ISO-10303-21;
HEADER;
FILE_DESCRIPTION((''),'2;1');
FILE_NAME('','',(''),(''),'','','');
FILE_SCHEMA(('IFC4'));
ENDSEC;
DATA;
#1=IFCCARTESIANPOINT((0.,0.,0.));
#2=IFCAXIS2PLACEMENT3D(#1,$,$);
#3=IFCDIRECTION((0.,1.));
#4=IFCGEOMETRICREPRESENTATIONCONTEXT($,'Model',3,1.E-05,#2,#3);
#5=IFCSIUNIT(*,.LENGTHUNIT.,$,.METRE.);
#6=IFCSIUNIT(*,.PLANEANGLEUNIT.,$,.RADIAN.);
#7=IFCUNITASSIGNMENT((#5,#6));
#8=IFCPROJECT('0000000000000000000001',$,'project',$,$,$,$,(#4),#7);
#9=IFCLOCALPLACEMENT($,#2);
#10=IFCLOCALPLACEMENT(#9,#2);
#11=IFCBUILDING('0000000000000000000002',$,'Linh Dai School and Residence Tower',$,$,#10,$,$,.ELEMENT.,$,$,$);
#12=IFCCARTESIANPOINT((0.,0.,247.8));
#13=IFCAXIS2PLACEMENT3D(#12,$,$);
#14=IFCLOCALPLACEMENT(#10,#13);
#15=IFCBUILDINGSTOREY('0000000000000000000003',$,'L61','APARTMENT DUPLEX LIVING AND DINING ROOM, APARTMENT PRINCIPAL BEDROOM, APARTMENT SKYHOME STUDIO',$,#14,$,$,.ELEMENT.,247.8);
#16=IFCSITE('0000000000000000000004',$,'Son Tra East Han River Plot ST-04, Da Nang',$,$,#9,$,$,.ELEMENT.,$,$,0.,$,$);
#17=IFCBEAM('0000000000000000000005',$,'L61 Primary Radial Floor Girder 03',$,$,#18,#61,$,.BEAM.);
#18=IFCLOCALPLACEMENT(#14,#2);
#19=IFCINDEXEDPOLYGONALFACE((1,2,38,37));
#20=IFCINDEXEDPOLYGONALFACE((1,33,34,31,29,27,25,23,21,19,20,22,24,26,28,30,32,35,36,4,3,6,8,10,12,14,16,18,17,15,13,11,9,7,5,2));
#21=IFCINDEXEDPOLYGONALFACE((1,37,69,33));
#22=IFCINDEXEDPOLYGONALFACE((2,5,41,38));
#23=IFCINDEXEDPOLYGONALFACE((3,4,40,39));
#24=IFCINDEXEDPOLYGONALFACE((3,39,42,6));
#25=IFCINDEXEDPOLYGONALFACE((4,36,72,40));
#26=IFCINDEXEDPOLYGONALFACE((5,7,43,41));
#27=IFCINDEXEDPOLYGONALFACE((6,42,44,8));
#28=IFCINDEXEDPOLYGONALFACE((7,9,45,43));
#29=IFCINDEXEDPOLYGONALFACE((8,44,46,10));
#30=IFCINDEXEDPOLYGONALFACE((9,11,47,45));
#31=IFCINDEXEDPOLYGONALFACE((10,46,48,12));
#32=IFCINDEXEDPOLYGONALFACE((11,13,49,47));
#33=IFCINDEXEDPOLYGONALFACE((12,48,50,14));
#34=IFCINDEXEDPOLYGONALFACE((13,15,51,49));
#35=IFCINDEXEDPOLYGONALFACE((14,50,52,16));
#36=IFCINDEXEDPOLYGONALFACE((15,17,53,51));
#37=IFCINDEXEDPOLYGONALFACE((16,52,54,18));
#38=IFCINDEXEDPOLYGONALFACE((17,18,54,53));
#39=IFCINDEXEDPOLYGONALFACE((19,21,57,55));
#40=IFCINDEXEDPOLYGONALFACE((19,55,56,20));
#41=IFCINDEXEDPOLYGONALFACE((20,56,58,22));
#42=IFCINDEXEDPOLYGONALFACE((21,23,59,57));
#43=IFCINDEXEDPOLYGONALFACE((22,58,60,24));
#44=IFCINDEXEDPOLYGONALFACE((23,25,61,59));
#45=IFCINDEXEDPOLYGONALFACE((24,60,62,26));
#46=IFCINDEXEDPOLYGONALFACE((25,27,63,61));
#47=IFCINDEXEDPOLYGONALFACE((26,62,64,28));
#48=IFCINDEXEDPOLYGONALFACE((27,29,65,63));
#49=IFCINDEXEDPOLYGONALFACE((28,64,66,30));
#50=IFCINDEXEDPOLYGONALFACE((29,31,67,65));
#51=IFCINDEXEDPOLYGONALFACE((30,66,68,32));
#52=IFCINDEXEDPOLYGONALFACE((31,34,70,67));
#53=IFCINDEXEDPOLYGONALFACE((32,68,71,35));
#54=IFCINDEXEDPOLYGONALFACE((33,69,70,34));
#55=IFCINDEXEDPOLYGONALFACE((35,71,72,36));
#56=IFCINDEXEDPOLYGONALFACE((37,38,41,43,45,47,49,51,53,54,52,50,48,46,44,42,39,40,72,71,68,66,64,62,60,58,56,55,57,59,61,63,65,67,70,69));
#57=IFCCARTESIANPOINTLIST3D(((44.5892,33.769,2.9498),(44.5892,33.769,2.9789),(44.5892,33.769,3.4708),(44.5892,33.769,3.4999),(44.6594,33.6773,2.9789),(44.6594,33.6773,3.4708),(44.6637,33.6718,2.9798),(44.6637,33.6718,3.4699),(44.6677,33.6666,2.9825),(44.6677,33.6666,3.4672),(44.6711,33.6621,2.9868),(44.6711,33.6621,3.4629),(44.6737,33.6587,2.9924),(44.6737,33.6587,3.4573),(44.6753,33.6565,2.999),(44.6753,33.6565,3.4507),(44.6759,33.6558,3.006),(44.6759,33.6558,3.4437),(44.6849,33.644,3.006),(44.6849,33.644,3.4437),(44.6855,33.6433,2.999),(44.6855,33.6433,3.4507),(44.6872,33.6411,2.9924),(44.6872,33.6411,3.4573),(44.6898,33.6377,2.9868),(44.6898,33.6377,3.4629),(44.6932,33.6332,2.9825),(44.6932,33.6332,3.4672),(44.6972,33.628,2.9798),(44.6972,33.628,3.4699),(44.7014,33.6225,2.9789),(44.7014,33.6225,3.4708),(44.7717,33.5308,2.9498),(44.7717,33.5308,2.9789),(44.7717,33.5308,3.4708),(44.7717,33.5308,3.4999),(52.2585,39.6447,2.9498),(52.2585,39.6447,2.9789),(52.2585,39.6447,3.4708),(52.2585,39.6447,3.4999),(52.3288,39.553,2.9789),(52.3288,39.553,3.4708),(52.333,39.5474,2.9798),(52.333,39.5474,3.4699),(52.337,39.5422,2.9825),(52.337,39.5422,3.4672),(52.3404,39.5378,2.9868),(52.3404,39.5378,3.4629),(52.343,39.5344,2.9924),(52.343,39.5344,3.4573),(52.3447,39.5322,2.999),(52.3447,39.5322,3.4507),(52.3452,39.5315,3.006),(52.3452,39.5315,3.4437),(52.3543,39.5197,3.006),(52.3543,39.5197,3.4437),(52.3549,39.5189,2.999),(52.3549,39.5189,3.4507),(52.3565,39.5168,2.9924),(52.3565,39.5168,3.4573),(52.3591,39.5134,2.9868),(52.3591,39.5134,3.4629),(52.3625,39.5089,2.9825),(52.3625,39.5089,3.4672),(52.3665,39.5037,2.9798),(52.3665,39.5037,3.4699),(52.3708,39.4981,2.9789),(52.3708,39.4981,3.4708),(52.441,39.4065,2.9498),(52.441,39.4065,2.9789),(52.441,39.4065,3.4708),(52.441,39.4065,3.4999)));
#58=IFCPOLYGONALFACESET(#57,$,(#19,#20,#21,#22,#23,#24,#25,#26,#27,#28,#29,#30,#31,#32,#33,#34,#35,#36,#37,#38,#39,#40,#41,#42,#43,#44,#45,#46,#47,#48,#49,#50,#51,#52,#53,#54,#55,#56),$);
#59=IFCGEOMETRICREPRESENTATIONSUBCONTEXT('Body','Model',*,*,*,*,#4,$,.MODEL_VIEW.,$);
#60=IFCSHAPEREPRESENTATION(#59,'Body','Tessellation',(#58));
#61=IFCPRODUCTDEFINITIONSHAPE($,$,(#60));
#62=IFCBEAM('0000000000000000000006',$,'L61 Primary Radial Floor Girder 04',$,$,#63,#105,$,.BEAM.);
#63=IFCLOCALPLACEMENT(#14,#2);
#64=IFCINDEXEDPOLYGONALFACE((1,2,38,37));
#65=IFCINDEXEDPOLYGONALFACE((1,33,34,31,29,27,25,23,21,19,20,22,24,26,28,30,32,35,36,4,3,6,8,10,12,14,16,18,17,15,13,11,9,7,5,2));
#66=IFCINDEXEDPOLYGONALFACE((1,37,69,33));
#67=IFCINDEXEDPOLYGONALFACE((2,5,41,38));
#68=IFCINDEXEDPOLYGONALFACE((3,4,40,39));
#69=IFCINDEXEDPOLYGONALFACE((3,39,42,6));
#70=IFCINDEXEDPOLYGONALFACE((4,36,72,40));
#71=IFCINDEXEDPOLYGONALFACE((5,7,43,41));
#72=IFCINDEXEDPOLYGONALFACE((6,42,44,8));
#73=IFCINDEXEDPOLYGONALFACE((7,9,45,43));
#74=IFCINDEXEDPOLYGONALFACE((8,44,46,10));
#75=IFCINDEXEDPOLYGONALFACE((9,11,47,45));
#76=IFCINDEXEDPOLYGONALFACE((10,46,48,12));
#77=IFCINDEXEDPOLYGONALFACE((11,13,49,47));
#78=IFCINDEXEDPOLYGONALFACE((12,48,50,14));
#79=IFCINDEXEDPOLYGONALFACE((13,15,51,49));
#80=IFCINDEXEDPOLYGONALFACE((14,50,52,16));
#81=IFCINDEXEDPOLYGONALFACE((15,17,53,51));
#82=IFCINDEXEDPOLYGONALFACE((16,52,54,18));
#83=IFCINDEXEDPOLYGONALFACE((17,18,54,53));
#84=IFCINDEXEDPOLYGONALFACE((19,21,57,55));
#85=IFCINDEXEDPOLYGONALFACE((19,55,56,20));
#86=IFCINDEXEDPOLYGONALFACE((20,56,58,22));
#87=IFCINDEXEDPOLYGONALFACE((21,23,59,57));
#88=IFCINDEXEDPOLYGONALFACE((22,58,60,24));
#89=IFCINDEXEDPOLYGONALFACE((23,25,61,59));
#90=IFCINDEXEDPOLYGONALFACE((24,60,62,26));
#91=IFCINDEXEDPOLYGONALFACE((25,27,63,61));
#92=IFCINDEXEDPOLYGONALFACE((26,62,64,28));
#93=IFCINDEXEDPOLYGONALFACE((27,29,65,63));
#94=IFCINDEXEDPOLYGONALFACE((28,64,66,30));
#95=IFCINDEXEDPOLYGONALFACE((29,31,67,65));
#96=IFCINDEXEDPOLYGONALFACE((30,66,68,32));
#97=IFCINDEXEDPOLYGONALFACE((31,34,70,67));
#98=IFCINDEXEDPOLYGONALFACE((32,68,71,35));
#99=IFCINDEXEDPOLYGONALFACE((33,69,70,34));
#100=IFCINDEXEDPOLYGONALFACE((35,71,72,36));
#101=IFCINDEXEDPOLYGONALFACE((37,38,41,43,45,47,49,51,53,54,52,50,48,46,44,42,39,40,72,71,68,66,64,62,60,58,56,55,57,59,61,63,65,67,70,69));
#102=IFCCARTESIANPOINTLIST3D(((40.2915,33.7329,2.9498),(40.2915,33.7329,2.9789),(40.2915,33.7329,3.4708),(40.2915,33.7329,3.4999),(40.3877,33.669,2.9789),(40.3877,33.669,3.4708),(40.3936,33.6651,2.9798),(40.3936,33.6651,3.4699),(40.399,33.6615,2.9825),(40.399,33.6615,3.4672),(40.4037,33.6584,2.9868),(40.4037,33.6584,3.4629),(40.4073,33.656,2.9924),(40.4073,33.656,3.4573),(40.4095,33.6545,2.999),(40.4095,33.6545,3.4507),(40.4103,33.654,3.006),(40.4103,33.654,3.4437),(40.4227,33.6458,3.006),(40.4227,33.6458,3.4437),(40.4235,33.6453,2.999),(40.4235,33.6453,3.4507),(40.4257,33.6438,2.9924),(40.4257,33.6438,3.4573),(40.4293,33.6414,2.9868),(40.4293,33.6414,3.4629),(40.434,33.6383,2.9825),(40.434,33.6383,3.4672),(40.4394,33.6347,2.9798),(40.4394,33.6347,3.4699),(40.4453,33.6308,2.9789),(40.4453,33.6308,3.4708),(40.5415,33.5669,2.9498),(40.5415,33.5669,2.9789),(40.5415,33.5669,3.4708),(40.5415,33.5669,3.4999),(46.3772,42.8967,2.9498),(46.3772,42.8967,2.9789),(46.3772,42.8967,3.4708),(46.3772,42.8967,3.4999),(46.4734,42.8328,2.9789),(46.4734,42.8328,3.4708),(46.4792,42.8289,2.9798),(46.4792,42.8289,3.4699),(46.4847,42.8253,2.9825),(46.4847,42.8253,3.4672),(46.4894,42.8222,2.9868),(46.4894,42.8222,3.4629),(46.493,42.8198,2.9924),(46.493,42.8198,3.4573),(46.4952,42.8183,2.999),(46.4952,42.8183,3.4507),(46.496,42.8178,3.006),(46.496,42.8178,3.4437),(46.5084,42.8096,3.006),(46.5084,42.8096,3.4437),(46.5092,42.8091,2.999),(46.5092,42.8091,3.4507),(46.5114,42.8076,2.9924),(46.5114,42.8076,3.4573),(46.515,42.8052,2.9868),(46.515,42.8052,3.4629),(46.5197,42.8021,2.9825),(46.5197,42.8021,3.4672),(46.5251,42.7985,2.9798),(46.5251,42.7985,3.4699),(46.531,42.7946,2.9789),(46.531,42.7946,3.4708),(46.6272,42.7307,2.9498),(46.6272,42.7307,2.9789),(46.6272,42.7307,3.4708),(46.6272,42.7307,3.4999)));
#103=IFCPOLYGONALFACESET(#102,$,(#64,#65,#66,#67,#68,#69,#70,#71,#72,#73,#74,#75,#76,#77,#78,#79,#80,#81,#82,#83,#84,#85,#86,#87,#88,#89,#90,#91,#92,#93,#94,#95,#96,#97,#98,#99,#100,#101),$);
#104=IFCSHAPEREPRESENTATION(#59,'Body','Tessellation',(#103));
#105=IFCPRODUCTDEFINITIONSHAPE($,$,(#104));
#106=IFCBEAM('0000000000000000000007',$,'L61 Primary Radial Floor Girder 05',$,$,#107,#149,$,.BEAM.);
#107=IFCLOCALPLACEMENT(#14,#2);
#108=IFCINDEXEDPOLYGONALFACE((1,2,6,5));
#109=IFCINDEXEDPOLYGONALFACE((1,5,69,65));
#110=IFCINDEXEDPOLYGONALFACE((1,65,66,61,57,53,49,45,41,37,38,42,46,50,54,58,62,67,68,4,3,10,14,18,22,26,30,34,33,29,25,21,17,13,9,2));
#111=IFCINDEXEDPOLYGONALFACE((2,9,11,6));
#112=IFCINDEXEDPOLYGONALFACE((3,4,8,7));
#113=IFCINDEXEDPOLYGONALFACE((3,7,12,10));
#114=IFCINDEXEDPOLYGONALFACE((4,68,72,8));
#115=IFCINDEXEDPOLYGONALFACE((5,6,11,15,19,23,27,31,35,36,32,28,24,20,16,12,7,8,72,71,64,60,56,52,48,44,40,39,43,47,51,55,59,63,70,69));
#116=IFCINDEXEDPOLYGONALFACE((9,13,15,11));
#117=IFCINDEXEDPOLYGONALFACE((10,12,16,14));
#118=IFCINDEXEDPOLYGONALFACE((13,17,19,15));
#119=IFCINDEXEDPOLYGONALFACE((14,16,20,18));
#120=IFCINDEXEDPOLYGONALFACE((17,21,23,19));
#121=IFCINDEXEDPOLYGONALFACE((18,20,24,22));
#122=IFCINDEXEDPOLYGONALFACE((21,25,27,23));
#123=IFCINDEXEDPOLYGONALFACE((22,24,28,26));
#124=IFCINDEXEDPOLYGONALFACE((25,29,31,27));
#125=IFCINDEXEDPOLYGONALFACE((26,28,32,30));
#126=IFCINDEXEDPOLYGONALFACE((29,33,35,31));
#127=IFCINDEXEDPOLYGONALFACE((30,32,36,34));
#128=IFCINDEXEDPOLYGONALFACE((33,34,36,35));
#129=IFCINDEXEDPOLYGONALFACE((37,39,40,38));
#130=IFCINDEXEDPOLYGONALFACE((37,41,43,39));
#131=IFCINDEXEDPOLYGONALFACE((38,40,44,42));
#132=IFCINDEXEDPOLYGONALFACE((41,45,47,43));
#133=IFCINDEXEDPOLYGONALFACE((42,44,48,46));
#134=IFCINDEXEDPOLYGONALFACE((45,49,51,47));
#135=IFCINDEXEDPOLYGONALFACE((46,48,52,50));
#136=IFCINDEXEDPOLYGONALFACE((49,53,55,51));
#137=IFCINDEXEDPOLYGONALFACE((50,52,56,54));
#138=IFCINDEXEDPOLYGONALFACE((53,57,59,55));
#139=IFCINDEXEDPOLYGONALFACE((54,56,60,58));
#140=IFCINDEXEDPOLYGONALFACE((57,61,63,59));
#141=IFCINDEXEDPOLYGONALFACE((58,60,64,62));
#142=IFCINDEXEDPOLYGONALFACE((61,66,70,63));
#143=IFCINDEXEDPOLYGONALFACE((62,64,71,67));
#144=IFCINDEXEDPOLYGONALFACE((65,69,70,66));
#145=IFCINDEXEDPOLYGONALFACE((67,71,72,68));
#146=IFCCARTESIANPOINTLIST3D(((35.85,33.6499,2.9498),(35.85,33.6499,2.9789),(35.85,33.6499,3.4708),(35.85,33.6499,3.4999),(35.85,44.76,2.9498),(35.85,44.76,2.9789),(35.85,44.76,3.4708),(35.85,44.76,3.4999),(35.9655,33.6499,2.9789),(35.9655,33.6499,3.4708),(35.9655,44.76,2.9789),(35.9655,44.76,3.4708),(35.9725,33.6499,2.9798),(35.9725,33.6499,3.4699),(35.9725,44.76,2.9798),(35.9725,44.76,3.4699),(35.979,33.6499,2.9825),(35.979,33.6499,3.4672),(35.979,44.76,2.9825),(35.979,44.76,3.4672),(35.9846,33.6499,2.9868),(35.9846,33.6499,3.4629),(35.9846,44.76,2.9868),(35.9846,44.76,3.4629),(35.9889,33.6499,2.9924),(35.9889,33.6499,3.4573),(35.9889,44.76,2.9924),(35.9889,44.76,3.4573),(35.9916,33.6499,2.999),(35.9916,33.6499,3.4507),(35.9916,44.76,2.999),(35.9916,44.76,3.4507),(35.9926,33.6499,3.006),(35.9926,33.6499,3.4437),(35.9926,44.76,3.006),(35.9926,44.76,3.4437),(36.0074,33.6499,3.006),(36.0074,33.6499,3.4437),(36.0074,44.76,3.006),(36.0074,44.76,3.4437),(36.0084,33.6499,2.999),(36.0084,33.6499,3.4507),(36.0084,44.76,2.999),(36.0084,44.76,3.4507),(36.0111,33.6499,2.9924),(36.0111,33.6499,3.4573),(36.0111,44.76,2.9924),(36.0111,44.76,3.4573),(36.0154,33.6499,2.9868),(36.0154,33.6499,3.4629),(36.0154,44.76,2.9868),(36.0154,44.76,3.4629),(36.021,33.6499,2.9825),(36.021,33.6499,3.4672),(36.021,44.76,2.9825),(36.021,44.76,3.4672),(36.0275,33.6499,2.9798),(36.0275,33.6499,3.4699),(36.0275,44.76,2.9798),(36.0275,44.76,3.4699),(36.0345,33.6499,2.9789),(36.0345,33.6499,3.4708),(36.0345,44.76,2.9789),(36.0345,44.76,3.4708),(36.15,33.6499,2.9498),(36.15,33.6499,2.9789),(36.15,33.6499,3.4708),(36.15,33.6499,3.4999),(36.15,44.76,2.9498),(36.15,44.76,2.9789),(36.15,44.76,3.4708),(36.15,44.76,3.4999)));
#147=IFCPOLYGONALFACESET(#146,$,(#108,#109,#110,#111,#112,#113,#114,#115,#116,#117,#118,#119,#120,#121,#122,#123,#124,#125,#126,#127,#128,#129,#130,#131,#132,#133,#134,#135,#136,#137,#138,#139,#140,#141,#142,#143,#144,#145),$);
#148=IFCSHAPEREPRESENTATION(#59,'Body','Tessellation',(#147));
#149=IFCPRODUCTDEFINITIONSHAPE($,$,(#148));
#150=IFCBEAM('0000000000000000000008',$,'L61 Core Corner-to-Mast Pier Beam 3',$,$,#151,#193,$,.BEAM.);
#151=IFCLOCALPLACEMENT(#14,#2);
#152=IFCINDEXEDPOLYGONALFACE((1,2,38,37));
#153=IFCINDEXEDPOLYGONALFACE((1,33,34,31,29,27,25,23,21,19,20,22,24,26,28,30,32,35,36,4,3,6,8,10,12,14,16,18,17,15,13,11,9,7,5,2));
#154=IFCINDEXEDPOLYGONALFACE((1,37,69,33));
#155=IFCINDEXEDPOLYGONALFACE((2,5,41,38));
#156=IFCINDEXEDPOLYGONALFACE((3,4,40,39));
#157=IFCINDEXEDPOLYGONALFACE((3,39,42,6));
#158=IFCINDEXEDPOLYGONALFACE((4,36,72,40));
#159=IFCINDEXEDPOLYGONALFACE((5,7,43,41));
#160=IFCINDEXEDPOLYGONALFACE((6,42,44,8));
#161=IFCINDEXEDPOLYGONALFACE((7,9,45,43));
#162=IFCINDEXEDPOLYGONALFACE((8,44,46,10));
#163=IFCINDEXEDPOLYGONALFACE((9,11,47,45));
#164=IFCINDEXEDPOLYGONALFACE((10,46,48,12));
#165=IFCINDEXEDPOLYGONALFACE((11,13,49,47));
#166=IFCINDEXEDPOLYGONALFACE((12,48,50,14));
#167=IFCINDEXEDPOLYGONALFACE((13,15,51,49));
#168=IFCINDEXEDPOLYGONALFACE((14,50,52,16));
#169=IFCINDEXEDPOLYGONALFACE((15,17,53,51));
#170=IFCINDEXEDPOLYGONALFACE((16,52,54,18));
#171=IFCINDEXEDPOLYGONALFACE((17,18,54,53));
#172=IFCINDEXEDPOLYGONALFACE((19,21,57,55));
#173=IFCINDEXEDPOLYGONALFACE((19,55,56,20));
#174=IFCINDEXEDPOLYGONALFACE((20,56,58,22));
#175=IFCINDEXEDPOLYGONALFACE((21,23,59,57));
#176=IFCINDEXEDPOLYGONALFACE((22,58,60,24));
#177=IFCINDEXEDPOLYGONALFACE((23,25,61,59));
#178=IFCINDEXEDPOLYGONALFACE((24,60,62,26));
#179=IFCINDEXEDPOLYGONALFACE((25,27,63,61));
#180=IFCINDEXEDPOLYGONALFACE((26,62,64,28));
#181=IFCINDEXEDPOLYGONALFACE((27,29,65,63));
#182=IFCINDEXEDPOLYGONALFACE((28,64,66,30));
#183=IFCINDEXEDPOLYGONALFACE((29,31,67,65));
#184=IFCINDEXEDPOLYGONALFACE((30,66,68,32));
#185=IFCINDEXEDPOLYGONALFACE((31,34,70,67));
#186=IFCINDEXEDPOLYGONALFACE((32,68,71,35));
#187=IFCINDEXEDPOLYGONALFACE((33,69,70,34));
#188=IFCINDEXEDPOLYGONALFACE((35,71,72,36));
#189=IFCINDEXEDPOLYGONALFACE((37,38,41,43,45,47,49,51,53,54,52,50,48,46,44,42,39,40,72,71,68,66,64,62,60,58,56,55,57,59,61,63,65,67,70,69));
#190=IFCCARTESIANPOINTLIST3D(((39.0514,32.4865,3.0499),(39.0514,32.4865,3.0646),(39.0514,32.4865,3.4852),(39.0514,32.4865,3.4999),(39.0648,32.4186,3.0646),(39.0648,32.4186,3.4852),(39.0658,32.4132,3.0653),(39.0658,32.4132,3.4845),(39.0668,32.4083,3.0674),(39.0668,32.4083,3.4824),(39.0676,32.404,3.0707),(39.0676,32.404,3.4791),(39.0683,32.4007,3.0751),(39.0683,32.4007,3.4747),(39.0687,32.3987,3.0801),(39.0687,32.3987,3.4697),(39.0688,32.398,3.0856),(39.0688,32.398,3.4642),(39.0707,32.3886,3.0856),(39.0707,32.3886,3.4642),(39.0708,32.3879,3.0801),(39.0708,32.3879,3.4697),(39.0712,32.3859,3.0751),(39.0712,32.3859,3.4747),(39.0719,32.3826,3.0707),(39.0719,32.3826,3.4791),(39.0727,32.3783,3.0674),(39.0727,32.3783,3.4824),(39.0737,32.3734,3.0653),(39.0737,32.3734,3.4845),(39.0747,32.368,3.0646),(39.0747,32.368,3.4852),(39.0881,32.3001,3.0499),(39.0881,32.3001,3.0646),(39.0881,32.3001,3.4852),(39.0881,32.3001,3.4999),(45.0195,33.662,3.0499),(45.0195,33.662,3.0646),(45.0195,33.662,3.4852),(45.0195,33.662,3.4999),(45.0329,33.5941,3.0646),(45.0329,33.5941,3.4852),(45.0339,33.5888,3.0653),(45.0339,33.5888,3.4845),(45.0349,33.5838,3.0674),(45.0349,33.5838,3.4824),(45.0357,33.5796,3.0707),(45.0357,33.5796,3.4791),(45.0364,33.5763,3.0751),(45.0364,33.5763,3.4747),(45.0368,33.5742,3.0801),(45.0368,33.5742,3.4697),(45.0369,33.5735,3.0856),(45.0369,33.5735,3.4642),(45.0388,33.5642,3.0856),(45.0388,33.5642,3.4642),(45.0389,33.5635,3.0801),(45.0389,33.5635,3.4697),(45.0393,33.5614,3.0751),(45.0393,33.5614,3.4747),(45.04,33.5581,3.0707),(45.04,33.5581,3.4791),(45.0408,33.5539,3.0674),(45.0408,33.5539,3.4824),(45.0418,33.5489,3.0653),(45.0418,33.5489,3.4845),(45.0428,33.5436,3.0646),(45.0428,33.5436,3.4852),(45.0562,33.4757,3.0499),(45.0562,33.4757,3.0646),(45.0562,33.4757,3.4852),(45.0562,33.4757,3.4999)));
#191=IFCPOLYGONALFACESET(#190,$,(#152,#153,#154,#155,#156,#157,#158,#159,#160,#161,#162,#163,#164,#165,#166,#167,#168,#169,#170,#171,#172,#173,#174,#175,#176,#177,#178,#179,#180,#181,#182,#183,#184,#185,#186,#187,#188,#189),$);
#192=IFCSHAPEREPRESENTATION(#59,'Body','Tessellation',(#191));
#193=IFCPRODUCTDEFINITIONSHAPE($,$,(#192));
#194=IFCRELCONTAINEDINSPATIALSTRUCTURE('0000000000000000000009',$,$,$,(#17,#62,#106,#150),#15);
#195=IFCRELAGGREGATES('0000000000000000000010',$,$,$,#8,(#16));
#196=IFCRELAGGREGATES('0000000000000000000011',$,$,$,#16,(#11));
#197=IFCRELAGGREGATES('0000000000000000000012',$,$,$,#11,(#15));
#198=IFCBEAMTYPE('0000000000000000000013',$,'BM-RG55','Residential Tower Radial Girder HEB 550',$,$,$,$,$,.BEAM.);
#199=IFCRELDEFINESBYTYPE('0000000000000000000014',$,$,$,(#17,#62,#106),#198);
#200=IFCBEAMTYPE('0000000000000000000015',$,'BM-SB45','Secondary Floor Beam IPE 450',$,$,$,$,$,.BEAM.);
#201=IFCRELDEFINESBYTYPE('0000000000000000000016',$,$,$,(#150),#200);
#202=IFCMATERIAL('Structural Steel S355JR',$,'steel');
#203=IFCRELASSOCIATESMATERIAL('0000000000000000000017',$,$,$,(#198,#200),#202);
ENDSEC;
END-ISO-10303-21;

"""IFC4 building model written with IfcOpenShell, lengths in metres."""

from ifc_helpers import new_model, si_unit, direction, frame, origin, origin_2d, place, context, subcontext, project, spatial, i_section, extrude, material, material_profile, profile_set, type_object, element, save


model = new_model("IFC4")

# Units and contexts
model_context = context("Model", 3, precision=1e-05, world=origin(), true_north=direction((0.0, 1.0)))
body_context = subcontext(model_context, "Body", "Model", "MODEL_VIEW")
ifc_project = project(units=[si_unit("LENGTHUNIT", "METRE"), si_unit("PLANEANGLEUNIT", "RADIAN")], contexts=[model_context])

# Site, building, storey
site_placement = place(None, origin())
site = spatial("IfcSite", under=ifc_project, at=site_placement, Name="Son Tra East Han River Plot ST-04, Da Nang", CompositionType="ELEMENT", RefElevation=0.0)
building_placement = place(site_placement, origin())
building = spatial("IfcBuilding", under=site, at=building_placement, Name="Linh Dai School and Residence Tower", CompositionType="ELEMENT")
storey_placement = place(building_placement, frame((0.0, 0.0, 247.8)))
storey = spatial("IfcBuildingStorey", under=building, at=storey_placement, Name="L61", Description="APARTMENT DUPLEX LIVING AND DINING ROOM, APARTMENT PRINCIPAL BEDROOM, APARTMENT SKYHOME STUDIO", CompositionType="ELEMENT", Elevation=247.8)

# Shared definitions
ifc_material_1 = material(Name="Structural Steel S355JR", Category="steel")

# Beams
ifc_material_profile_1 = material_profile(ifc_material_1, i_section(OverallWidth=0.3, OverallDepth=0.55, WebThickness=0.0149, FlangeThickness=0.0291, FilletRadius=0.0271, at=origin_2d()), Name="HEB 550")
ifc_profile_set_1 = profile_set([ifc_material_profile_1], Name="Structural Steel S355JR")
beam_type_1 = type_object("IfcBeamType", Name="BM-RG55", Description="Residential Tower Radial Girder HEB 550", PredefinedType="BEAM", material=ifc_profile_set_1)
beam_1_placement = place(storey_placement, frame((44.6804, 33.6499, 3.2249), z_axis=(0.793815, 0.60816, 0.0), x_axis=(-0.60816, 0.793815, 0.0)))
element("IfcBeam", 1, at=beam_1_placement, inside=storey, type_object=beam_type_1, Name="L61 Primary Radial Floor Girder 03", PredefinedType="BEAM", context=body_context, shape_type="SweptSolid", body=[
    extrude(i_section(OverallWidth=0.3, OverallDepth=0.55, WebThickness=0.0149, FlangeThickness=0.0291, FilletRadius=0.0271, at=origin_2d()), origin(), (0.0, 0.0, 1.0), 9.6614),
])
beam_2_placement = place(storey_placement, frame((40.4165, 33.6499, 3.2249), z_axis=(0.553219, 0.833036, 0.0), x_axis=(-0.833036, 0.553219, 0.0)))
element("IfcBeam", 2, at=beam_2_placement, inside=storey, type_object=beam_type_1, Name="L61 Primary Radial Floor Girder 04", PredefinedType="BEAM", context=body_context, shape_type="SweptSolid", body=[
    extrude(i_section(OverallWidth=0.3, OverallDepth=0.55, WebThickness=0.0149, FlangeThickness=0.0291, FilletRadius=0.0271, at=origin_2d()), origin(), (0.0, 0.0, 1.0), 11.0005),
])
beam_3_placement = place(storey_placement, frame((36.0, 33.6499, 3.2249), z_axis=(0.0, 1.0, 0.0), x_axis=(-1.0, 0.0, 0.0)))
element("IfcBeam", 3, at=beam_3_placement, inside=storey, type_object=beam_type_1, Name="L61 Primary Radial Floor Girder 05", PredefinedType="BEAM", context=body_context, shape_type="SweptSolid", body=[
    extrude(i_section(OverallWidth=0.3, OverallDepth=0.55, WebThickness=0.0149, FlangeThickness=0.0291, FilletRadius=0.0271, at=origin_2d()), origin(), (0.0, 0.0, 1.0), 11.1101),
])
ifc_material_profile_2 = material_profile(ifc_material_1, i_section(OverallWidth=0.1899, OverallDepth=0.45, WebThickness=0.0095, FlangeThickness=0.0146, FilletRadius=0.021, at=origin_2d()), Name="IPE 450")
ifc_profile_set_2 = profile_set([ifc_material_profile_2], Name="Structural Steel S355JR")
beam_type_2 = type_object("IfcBeamType", Name="BM-SB45", Description="Secondary Floor Beam IPE 450", PredefinedType="BEAM", material=ifc_profile_set_2)
beam_4_placement = place(storey_placement, frame((45.0378, 33.5688, 3.2749), z_axis=(-0.981148, -0.193259, 0.0), x_axis=(0.193259, -0.981148, 0.0)))
element("IfcBeam", 4, at=beam_4_placement, inside=storey, type_object=beam_type_2, Name="L61 Core Corner-to-Mast Pier Beam 3", PredefinedType="BEAM", context=body_context, shape_type="SweptSolid", body=[
    extrude(i_section(OverallWidth=0.1899, OverallDepth=0.45, WebThickness=0.0095, FlangeThickness=0.0146, FilletRadius=0.021, at=origin_2d()), origin(), (0.0, 0.0, 1.0), 6.0828),
])

save(model, "model.ifc")
